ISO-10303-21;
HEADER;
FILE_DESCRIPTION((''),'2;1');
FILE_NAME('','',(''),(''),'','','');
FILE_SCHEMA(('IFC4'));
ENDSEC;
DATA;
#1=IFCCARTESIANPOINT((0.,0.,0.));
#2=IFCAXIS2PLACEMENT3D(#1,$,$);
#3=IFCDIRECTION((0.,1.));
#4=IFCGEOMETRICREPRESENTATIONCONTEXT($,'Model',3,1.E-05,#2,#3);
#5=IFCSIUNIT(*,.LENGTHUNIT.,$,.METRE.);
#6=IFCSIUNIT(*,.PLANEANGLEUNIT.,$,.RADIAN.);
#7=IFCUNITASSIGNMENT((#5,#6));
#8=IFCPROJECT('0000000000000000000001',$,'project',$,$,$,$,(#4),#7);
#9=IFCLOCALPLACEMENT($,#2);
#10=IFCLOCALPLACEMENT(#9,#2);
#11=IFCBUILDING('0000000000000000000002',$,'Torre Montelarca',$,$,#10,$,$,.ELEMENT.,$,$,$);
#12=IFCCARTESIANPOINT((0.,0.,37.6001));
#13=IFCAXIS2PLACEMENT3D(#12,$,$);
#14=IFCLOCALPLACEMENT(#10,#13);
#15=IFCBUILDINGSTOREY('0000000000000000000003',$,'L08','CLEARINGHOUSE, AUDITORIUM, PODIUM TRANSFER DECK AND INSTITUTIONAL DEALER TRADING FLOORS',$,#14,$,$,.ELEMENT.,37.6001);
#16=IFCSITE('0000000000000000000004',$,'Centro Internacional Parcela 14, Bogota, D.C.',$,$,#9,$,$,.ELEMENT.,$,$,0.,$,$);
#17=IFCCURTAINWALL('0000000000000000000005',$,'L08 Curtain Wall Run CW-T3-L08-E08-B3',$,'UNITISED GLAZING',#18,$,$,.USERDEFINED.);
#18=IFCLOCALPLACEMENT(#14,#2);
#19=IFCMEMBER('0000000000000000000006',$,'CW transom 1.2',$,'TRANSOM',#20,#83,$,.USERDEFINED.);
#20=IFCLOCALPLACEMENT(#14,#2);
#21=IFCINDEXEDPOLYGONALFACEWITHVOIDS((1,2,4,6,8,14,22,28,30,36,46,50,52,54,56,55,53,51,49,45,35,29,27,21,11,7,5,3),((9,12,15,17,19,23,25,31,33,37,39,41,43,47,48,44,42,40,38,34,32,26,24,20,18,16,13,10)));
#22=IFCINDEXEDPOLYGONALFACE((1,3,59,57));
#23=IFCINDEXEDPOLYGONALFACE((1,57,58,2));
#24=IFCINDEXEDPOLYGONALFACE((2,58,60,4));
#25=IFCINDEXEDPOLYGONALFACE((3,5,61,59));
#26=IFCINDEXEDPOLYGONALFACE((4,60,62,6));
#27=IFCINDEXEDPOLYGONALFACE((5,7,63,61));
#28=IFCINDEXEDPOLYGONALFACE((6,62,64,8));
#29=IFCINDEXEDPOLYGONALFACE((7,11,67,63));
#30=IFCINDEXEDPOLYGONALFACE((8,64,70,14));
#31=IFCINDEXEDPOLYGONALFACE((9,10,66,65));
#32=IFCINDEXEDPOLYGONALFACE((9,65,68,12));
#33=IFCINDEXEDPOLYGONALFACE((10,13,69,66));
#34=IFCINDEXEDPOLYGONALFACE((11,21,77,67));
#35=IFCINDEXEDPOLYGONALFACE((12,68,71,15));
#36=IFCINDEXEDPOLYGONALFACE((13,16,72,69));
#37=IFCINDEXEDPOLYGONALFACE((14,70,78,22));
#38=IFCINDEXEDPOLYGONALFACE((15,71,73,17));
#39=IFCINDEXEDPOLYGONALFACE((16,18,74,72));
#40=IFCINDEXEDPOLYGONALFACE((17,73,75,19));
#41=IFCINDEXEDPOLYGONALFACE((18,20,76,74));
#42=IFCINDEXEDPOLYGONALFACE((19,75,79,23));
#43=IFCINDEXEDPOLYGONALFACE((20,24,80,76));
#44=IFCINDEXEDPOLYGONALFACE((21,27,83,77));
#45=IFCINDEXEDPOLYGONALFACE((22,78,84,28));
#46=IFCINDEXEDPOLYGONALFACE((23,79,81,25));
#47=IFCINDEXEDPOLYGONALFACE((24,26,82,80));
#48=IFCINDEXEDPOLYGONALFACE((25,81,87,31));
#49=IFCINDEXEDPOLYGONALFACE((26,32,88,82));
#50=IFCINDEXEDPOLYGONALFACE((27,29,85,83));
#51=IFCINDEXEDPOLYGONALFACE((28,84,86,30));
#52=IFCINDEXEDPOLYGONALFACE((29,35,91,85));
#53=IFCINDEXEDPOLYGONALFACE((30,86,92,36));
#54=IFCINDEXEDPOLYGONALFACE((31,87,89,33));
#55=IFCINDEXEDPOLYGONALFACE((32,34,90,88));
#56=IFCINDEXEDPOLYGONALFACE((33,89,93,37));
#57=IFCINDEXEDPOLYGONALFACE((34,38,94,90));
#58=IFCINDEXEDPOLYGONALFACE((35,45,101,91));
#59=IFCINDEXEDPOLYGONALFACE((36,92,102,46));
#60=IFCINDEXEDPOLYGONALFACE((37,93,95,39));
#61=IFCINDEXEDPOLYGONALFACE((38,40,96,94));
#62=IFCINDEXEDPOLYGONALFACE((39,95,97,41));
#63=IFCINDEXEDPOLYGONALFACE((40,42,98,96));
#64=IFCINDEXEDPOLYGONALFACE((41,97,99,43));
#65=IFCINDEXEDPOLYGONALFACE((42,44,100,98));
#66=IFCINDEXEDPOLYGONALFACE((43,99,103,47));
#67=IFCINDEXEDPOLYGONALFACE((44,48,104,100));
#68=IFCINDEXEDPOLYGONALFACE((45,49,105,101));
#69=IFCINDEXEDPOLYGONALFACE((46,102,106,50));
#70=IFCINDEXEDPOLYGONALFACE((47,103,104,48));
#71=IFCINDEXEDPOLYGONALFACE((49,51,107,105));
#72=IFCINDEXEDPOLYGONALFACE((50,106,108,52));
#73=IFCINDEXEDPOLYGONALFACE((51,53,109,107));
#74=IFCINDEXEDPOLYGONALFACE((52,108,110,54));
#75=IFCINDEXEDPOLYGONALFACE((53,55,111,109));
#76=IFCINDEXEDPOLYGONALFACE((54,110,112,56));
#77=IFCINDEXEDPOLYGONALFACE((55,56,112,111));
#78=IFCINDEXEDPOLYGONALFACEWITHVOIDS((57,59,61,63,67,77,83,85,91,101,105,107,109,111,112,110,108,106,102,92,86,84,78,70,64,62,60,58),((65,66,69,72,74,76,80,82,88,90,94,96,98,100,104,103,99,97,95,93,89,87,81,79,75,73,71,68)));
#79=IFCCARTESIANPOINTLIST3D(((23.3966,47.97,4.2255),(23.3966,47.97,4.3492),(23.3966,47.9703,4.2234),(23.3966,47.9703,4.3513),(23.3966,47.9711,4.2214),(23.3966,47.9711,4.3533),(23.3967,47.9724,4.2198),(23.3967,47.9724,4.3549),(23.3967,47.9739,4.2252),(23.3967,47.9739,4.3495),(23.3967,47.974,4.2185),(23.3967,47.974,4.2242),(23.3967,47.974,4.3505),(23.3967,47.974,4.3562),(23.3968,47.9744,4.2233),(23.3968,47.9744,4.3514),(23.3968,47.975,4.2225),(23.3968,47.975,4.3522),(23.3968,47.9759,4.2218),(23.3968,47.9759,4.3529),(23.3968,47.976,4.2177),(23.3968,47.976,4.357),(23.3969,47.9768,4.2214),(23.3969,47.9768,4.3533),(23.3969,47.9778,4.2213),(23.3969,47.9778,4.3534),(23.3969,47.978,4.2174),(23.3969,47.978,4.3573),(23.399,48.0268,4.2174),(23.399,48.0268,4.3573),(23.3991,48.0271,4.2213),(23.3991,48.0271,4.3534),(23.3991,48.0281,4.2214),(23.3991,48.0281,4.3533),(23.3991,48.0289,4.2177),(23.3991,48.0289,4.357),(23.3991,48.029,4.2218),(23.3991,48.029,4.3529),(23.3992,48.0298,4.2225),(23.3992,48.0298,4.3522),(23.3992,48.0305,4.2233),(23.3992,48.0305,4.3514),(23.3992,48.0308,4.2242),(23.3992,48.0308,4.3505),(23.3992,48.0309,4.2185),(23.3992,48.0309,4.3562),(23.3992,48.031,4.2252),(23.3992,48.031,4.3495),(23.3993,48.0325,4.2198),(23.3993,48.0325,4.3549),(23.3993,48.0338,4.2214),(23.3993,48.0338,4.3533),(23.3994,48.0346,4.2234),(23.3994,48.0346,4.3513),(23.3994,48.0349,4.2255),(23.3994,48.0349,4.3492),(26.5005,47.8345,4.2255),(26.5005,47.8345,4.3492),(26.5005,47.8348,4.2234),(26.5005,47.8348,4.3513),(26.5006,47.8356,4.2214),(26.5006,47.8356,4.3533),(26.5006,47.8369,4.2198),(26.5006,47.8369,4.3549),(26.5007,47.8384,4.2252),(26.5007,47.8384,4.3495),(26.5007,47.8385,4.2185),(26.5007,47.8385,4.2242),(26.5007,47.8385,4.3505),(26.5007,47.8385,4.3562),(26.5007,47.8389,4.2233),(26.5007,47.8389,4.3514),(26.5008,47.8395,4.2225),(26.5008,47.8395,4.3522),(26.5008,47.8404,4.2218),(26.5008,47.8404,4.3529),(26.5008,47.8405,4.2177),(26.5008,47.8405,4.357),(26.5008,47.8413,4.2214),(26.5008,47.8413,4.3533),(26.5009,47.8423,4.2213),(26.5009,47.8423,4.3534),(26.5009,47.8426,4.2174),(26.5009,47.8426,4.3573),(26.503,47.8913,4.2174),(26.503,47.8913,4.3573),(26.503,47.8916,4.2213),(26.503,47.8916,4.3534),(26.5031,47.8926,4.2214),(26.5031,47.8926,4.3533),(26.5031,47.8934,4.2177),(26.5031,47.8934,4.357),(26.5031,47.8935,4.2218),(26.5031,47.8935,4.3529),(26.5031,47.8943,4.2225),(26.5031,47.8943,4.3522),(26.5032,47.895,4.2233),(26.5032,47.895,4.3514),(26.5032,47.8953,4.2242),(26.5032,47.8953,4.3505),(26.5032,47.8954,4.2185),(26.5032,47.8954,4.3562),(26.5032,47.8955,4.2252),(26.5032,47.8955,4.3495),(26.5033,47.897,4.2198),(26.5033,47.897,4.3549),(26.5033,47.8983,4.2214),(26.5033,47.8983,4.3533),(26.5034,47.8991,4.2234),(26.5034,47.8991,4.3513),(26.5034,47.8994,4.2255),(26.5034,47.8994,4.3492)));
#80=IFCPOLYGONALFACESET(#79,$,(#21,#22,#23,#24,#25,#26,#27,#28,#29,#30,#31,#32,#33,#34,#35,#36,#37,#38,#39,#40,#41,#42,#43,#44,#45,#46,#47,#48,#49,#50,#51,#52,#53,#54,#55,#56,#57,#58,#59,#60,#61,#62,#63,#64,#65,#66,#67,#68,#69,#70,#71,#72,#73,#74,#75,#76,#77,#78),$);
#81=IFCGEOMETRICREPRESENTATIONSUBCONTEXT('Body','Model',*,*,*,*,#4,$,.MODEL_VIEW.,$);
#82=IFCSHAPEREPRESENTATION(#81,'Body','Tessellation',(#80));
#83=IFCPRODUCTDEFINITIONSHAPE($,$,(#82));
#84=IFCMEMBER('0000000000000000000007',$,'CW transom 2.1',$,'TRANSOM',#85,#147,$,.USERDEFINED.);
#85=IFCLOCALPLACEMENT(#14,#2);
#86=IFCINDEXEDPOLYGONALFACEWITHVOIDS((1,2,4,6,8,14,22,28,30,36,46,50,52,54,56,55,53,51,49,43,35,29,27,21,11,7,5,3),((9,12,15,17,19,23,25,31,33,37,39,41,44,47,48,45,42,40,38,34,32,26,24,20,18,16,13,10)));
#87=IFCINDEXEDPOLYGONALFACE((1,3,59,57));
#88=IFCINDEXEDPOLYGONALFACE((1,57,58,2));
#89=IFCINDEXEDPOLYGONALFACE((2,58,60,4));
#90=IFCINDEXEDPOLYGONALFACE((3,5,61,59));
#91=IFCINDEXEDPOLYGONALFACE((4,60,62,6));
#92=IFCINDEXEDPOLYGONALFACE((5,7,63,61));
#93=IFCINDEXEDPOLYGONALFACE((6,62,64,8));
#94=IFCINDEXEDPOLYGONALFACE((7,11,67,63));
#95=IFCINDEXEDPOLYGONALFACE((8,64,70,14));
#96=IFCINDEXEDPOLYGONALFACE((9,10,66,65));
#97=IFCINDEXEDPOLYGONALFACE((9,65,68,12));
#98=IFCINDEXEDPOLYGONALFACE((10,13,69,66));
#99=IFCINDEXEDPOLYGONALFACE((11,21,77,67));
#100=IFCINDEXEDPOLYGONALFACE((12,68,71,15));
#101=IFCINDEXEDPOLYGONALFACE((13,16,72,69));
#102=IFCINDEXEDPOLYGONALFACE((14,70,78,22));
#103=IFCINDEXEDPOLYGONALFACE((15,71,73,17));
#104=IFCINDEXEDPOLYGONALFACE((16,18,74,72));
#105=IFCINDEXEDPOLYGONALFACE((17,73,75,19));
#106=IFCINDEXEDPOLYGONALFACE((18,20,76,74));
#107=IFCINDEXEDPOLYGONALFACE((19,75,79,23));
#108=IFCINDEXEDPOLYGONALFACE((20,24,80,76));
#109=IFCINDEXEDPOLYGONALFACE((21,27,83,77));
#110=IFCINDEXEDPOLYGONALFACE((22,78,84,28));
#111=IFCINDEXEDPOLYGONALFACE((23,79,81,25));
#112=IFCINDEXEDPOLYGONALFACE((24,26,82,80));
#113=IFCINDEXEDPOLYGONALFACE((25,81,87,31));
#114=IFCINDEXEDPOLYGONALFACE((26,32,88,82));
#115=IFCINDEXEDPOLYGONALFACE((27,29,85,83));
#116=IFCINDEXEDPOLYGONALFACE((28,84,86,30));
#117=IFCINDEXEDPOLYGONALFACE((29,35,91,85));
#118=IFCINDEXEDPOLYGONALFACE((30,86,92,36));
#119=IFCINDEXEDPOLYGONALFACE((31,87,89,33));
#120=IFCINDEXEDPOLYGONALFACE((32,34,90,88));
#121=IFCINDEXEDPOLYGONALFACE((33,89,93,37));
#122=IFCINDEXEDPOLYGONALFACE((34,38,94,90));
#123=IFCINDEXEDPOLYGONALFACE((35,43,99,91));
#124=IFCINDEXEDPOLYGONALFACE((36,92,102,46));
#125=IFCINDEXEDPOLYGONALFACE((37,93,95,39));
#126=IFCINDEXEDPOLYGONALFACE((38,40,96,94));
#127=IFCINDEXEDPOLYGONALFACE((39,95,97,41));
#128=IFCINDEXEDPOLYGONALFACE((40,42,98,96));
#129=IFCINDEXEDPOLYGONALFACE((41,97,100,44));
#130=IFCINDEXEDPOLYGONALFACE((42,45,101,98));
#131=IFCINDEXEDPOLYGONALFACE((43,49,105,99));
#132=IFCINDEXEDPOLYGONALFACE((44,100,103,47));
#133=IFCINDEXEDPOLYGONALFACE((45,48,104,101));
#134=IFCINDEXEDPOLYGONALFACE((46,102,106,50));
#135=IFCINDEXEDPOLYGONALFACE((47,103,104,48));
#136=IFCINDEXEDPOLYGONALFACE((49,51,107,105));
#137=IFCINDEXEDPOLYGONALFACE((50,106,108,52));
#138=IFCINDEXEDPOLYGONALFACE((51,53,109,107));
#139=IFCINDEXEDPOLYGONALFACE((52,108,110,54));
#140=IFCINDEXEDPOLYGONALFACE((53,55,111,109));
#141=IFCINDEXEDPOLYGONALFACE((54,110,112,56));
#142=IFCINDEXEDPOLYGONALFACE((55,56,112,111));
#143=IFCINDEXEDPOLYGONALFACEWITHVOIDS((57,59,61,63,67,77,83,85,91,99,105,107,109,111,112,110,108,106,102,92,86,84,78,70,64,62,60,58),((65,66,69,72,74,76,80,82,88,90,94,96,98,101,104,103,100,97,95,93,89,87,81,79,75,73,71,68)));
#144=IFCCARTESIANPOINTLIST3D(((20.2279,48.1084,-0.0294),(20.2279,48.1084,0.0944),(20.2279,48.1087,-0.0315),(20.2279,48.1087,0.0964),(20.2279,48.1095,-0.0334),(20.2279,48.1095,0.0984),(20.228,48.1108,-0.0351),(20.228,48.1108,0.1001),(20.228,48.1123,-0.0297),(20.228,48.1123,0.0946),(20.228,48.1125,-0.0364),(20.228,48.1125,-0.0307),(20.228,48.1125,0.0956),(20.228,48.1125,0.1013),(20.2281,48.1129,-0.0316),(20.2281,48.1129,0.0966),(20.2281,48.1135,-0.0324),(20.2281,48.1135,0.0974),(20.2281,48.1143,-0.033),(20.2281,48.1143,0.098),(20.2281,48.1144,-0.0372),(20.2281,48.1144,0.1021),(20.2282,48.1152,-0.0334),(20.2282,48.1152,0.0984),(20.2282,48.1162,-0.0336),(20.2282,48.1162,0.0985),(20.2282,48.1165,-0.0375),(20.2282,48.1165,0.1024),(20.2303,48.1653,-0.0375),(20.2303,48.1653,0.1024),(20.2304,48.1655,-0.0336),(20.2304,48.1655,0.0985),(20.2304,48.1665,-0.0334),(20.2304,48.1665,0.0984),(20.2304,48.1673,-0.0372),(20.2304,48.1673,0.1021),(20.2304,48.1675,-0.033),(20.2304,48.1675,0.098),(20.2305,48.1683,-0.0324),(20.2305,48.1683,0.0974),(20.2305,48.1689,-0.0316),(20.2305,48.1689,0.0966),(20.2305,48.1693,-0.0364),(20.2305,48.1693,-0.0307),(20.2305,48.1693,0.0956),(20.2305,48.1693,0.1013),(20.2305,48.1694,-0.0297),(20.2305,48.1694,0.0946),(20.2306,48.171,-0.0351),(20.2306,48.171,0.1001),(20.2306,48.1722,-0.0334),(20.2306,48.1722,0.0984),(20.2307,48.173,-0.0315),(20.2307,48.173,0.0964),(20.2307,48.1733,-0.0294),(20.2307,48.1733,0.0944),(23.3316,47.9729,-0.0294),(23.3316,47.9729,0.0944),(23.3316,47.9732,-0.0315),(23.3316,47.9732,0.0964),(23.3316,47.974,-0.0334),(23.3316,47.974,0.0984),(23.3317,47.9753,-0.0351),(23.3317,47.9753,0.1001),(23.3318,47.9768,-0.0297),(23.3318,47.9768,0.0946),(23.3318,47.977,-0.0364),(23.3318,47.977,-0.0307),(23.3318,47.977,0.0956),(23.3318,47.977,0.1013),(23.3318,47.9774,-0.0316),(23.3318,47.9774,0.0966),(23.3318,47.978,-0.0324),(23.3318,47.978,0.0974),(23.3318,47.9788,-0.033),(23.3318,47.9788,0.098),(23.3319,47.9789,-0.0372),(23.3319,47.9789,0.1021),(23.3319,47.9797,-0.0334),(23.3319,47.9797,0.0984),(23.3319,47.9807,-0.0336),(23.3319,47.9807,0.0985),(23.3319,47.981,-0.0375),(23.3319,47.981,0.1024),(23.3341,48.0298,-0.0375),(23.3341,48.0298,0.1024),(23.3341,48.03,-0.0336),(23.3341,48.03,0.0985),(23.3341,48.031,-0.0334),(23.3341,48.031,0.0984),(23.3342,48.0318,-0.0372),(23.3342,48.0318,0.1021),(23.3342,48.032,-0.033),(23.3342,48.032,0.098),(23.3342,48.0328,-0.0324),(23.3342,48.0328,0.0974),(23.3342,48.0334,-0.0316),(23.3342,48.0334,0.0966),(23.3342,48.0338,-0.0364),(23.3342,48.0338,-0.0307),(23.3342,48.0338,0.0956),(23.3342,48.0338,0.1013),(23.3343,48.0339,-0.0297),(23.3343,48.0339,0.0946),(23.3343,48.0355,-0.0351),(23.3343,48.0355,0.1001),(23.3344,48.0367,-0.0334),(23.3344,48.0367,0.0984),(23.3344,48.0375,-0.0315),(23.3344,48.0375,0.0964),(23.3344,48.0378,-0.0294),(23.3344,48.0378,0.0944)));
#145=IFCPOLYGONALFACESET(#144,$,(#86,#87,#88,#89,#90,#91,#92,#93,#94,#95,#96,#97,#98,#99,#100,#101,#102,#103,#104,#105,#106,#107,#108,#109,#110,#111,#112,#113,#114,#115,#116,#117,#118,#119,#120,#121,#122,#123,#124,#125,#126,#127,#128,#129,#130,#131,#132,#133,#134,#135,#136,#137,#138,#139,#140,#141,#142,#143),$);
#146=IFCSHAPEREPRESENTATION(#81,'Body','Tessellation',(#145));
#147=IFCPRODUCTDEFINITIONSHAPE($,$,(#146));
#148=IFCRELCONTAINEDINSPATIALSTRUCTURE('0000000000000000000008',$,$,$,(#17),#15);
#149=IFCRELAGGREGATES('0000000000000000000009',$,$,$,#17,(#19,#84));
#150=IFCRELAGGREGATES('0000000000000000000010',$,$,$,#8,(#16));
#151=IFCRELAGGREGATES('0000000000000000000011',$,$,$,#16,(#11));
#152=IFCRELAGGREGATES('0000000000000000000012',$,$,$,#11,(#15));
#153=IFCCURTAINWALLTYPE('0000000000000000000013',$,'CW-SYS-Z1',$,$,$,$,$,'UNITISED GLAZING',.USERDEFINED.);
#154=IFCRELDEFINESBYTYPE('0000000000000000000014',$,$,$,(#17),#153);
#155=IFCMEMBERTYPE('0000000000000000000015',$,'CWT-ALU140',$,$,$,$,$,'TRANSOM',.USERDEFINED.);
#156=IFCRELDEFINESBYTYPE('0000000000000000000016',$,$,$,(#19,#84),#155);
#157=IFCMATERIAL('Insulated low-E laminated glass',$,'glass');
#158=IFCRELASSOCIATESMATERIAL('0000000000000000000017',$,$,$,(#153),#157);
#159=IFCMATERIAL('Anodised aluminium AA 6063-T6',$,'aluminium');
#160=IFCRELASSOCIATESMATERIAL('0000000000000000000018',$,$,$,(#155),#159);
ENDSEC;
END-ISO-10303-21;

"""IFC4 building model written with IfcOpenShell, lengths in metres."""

from ifc_helpers import new_model, si_unit, direction, frame, origin, origin_2d, place, context, subcontext, project, spatial, hollow_rectangle, extrude, source, transform, mapped, material, material_profile, profile_set, type_object, element, aggregate, save


model = new_model("IFC4")

# Units and contexts
model_context = context("Model", 3, precision=1e-05, world=origin(), true_north=direction((0.0, 1.0)))
body_context = subcontext(model_context, "Body", "Model", "MODEL_VIEW")
ifc_project = project(units=[si_unit("LENGTHUNIT", "METRE"), si_unit("PLANEANGLEUNIT", "RADIAN")], contexts=[model_context])

# Site, building, storey
site_placement = place(None, origin())
site = spatial("IfcSite", under=ifc_project, at=site_placement, Name="Centro Internacional Parcela 14, Bogota, D.C.", CompositionType="ELEMENT", RefElevation=0.0)
building_placement = place(site_placement, origin())
building = spatial("IfcBuilding", under=site, at=building_placement, Name="Torre Montelarca", CompositionType="ELEMENT")
storey_placement = place(building_placement, frame((0.0, 0.0, 37.6001)))
storey = spatial("IfcBuildingStorey", under=building, at=storey_placement, Name="L08", Description="CLEARINGHOUSE, AUDITORIUM, PODIUM TRANSFER DECK AND INSTITUTIONAL DEALER TRADING FLOORS", CompositionType="ELEMENT", Elevation=37.6001)

# Curtain wall
ifc_material_1 = material(Name="Insulated low-E laminated glass", Category="glass")
curtain_wall_type = type_object("IfcCurtainWallType", Name="CW-SYS-Z1", ElementType="UNITISED GLAZING", PredefinedType="USERDEFINED", material=ifc_material_1)
ifc_material_2 = material(Name="Anodised aluminium AA 6063-T6", Category="aluminium")
curtain_wall_1_placement = place(storey_placement, origin())
curtain_wall_1 = element("IfcCurtainWall", 1, at=curtain_wall_1_placement, inside=storey, type_object=curtain_wall_type, Name="L08 Curtain Wall Run CW-T3-L08-E08-B3", ObjectType="UNITISED GLAZING", PredefinedType="USERDEFINED")

# Members
ifc_material_profile_1 = material_profile(ifc_material_2, hollow_rectangle(XDim=0.0649, YDim=0.1399, WallThickness=0.0039, InnerFilletRadius=0.0039, OuterFilletRadius=0.0081, at=origin_2d()), Name="ALU65X140X4", Category="aluminium")
ifc_profile_set_1 = profile_set([ifc_material_profile_1], Name="Anodised aluminium AA 6063-T6")
member_type_1 = type_object("IfcMemberType", Name="CWT-ALU140", ElementType="TRANSOM", PredefinedType="USERDEFINED", material=ifc_profile_set_1)
shared_shape_1 = source(origin(), body_context, "Body", "SweptSolid", [
    extrude(hollow_rectangle(XDim=0.0649, YDim=0.1399, WallThickness=0.0039, InnerFilletRadius=0.0039, OuterFilletRadius=0.0081, at=origin_2d()), origin(), (0.0, 0.0, 1.0), 3.1069),
])
member_1_placement = place(storey_placement, frame((26.502, 47.8669, 4.2874), z_axis=(-0.999049, 0.043611, 0.0), x_axis=(-0.043611, -0.999049, 0.0)))
member_1 = element("IfcMember", 2, at=member_1_placement, type_object=member_type_1, Name="CW transom 1.2", ObjectType="TRANSOM", PredefinedType="USERDEFINED", context=body_context, shape_type="MappedRepresentation", body=[
    mapped(shared_shape_1, transform((0.0, 0.0, 0.0), scale=1.0)),
])
shared_shape_2 = source(origin(), body_context, "Body", "SweptSolid", [
    extrude(hollow_rectangle(XDim=0.0649, YDim=0.1399, WallThickness=0.0039, InnerFilletRadius=0.0039, OuterFilletRadius=0.0081, at=origin_2d()), origin(), (0.0, 0.0, 1.0), 3.1067),
])
member_2_placement = place(storey_placement, frame((23.333, 48.0054, 0.0325), z_axis=(-0.999048, 0.043615, 0.0), x_axis=(-0.043615, -0.999048, 0.0)))
member_2 = element("IfcMember", 3, at=member_2_placement, type_object=member_type_1, Name="CW transom 2.1", ObjectType="TRANSOM", PredefinedType="USERDEFINED", context=body_context, shape_type="MappedRepresentation", body=[
    mapped(shared_shape_2, transform((0.0, 0.0, 0.0), scale=1.0)),
])

aggregate(curtain_wall_1, [member_1, member_2])

save(model, "model.ifc")
